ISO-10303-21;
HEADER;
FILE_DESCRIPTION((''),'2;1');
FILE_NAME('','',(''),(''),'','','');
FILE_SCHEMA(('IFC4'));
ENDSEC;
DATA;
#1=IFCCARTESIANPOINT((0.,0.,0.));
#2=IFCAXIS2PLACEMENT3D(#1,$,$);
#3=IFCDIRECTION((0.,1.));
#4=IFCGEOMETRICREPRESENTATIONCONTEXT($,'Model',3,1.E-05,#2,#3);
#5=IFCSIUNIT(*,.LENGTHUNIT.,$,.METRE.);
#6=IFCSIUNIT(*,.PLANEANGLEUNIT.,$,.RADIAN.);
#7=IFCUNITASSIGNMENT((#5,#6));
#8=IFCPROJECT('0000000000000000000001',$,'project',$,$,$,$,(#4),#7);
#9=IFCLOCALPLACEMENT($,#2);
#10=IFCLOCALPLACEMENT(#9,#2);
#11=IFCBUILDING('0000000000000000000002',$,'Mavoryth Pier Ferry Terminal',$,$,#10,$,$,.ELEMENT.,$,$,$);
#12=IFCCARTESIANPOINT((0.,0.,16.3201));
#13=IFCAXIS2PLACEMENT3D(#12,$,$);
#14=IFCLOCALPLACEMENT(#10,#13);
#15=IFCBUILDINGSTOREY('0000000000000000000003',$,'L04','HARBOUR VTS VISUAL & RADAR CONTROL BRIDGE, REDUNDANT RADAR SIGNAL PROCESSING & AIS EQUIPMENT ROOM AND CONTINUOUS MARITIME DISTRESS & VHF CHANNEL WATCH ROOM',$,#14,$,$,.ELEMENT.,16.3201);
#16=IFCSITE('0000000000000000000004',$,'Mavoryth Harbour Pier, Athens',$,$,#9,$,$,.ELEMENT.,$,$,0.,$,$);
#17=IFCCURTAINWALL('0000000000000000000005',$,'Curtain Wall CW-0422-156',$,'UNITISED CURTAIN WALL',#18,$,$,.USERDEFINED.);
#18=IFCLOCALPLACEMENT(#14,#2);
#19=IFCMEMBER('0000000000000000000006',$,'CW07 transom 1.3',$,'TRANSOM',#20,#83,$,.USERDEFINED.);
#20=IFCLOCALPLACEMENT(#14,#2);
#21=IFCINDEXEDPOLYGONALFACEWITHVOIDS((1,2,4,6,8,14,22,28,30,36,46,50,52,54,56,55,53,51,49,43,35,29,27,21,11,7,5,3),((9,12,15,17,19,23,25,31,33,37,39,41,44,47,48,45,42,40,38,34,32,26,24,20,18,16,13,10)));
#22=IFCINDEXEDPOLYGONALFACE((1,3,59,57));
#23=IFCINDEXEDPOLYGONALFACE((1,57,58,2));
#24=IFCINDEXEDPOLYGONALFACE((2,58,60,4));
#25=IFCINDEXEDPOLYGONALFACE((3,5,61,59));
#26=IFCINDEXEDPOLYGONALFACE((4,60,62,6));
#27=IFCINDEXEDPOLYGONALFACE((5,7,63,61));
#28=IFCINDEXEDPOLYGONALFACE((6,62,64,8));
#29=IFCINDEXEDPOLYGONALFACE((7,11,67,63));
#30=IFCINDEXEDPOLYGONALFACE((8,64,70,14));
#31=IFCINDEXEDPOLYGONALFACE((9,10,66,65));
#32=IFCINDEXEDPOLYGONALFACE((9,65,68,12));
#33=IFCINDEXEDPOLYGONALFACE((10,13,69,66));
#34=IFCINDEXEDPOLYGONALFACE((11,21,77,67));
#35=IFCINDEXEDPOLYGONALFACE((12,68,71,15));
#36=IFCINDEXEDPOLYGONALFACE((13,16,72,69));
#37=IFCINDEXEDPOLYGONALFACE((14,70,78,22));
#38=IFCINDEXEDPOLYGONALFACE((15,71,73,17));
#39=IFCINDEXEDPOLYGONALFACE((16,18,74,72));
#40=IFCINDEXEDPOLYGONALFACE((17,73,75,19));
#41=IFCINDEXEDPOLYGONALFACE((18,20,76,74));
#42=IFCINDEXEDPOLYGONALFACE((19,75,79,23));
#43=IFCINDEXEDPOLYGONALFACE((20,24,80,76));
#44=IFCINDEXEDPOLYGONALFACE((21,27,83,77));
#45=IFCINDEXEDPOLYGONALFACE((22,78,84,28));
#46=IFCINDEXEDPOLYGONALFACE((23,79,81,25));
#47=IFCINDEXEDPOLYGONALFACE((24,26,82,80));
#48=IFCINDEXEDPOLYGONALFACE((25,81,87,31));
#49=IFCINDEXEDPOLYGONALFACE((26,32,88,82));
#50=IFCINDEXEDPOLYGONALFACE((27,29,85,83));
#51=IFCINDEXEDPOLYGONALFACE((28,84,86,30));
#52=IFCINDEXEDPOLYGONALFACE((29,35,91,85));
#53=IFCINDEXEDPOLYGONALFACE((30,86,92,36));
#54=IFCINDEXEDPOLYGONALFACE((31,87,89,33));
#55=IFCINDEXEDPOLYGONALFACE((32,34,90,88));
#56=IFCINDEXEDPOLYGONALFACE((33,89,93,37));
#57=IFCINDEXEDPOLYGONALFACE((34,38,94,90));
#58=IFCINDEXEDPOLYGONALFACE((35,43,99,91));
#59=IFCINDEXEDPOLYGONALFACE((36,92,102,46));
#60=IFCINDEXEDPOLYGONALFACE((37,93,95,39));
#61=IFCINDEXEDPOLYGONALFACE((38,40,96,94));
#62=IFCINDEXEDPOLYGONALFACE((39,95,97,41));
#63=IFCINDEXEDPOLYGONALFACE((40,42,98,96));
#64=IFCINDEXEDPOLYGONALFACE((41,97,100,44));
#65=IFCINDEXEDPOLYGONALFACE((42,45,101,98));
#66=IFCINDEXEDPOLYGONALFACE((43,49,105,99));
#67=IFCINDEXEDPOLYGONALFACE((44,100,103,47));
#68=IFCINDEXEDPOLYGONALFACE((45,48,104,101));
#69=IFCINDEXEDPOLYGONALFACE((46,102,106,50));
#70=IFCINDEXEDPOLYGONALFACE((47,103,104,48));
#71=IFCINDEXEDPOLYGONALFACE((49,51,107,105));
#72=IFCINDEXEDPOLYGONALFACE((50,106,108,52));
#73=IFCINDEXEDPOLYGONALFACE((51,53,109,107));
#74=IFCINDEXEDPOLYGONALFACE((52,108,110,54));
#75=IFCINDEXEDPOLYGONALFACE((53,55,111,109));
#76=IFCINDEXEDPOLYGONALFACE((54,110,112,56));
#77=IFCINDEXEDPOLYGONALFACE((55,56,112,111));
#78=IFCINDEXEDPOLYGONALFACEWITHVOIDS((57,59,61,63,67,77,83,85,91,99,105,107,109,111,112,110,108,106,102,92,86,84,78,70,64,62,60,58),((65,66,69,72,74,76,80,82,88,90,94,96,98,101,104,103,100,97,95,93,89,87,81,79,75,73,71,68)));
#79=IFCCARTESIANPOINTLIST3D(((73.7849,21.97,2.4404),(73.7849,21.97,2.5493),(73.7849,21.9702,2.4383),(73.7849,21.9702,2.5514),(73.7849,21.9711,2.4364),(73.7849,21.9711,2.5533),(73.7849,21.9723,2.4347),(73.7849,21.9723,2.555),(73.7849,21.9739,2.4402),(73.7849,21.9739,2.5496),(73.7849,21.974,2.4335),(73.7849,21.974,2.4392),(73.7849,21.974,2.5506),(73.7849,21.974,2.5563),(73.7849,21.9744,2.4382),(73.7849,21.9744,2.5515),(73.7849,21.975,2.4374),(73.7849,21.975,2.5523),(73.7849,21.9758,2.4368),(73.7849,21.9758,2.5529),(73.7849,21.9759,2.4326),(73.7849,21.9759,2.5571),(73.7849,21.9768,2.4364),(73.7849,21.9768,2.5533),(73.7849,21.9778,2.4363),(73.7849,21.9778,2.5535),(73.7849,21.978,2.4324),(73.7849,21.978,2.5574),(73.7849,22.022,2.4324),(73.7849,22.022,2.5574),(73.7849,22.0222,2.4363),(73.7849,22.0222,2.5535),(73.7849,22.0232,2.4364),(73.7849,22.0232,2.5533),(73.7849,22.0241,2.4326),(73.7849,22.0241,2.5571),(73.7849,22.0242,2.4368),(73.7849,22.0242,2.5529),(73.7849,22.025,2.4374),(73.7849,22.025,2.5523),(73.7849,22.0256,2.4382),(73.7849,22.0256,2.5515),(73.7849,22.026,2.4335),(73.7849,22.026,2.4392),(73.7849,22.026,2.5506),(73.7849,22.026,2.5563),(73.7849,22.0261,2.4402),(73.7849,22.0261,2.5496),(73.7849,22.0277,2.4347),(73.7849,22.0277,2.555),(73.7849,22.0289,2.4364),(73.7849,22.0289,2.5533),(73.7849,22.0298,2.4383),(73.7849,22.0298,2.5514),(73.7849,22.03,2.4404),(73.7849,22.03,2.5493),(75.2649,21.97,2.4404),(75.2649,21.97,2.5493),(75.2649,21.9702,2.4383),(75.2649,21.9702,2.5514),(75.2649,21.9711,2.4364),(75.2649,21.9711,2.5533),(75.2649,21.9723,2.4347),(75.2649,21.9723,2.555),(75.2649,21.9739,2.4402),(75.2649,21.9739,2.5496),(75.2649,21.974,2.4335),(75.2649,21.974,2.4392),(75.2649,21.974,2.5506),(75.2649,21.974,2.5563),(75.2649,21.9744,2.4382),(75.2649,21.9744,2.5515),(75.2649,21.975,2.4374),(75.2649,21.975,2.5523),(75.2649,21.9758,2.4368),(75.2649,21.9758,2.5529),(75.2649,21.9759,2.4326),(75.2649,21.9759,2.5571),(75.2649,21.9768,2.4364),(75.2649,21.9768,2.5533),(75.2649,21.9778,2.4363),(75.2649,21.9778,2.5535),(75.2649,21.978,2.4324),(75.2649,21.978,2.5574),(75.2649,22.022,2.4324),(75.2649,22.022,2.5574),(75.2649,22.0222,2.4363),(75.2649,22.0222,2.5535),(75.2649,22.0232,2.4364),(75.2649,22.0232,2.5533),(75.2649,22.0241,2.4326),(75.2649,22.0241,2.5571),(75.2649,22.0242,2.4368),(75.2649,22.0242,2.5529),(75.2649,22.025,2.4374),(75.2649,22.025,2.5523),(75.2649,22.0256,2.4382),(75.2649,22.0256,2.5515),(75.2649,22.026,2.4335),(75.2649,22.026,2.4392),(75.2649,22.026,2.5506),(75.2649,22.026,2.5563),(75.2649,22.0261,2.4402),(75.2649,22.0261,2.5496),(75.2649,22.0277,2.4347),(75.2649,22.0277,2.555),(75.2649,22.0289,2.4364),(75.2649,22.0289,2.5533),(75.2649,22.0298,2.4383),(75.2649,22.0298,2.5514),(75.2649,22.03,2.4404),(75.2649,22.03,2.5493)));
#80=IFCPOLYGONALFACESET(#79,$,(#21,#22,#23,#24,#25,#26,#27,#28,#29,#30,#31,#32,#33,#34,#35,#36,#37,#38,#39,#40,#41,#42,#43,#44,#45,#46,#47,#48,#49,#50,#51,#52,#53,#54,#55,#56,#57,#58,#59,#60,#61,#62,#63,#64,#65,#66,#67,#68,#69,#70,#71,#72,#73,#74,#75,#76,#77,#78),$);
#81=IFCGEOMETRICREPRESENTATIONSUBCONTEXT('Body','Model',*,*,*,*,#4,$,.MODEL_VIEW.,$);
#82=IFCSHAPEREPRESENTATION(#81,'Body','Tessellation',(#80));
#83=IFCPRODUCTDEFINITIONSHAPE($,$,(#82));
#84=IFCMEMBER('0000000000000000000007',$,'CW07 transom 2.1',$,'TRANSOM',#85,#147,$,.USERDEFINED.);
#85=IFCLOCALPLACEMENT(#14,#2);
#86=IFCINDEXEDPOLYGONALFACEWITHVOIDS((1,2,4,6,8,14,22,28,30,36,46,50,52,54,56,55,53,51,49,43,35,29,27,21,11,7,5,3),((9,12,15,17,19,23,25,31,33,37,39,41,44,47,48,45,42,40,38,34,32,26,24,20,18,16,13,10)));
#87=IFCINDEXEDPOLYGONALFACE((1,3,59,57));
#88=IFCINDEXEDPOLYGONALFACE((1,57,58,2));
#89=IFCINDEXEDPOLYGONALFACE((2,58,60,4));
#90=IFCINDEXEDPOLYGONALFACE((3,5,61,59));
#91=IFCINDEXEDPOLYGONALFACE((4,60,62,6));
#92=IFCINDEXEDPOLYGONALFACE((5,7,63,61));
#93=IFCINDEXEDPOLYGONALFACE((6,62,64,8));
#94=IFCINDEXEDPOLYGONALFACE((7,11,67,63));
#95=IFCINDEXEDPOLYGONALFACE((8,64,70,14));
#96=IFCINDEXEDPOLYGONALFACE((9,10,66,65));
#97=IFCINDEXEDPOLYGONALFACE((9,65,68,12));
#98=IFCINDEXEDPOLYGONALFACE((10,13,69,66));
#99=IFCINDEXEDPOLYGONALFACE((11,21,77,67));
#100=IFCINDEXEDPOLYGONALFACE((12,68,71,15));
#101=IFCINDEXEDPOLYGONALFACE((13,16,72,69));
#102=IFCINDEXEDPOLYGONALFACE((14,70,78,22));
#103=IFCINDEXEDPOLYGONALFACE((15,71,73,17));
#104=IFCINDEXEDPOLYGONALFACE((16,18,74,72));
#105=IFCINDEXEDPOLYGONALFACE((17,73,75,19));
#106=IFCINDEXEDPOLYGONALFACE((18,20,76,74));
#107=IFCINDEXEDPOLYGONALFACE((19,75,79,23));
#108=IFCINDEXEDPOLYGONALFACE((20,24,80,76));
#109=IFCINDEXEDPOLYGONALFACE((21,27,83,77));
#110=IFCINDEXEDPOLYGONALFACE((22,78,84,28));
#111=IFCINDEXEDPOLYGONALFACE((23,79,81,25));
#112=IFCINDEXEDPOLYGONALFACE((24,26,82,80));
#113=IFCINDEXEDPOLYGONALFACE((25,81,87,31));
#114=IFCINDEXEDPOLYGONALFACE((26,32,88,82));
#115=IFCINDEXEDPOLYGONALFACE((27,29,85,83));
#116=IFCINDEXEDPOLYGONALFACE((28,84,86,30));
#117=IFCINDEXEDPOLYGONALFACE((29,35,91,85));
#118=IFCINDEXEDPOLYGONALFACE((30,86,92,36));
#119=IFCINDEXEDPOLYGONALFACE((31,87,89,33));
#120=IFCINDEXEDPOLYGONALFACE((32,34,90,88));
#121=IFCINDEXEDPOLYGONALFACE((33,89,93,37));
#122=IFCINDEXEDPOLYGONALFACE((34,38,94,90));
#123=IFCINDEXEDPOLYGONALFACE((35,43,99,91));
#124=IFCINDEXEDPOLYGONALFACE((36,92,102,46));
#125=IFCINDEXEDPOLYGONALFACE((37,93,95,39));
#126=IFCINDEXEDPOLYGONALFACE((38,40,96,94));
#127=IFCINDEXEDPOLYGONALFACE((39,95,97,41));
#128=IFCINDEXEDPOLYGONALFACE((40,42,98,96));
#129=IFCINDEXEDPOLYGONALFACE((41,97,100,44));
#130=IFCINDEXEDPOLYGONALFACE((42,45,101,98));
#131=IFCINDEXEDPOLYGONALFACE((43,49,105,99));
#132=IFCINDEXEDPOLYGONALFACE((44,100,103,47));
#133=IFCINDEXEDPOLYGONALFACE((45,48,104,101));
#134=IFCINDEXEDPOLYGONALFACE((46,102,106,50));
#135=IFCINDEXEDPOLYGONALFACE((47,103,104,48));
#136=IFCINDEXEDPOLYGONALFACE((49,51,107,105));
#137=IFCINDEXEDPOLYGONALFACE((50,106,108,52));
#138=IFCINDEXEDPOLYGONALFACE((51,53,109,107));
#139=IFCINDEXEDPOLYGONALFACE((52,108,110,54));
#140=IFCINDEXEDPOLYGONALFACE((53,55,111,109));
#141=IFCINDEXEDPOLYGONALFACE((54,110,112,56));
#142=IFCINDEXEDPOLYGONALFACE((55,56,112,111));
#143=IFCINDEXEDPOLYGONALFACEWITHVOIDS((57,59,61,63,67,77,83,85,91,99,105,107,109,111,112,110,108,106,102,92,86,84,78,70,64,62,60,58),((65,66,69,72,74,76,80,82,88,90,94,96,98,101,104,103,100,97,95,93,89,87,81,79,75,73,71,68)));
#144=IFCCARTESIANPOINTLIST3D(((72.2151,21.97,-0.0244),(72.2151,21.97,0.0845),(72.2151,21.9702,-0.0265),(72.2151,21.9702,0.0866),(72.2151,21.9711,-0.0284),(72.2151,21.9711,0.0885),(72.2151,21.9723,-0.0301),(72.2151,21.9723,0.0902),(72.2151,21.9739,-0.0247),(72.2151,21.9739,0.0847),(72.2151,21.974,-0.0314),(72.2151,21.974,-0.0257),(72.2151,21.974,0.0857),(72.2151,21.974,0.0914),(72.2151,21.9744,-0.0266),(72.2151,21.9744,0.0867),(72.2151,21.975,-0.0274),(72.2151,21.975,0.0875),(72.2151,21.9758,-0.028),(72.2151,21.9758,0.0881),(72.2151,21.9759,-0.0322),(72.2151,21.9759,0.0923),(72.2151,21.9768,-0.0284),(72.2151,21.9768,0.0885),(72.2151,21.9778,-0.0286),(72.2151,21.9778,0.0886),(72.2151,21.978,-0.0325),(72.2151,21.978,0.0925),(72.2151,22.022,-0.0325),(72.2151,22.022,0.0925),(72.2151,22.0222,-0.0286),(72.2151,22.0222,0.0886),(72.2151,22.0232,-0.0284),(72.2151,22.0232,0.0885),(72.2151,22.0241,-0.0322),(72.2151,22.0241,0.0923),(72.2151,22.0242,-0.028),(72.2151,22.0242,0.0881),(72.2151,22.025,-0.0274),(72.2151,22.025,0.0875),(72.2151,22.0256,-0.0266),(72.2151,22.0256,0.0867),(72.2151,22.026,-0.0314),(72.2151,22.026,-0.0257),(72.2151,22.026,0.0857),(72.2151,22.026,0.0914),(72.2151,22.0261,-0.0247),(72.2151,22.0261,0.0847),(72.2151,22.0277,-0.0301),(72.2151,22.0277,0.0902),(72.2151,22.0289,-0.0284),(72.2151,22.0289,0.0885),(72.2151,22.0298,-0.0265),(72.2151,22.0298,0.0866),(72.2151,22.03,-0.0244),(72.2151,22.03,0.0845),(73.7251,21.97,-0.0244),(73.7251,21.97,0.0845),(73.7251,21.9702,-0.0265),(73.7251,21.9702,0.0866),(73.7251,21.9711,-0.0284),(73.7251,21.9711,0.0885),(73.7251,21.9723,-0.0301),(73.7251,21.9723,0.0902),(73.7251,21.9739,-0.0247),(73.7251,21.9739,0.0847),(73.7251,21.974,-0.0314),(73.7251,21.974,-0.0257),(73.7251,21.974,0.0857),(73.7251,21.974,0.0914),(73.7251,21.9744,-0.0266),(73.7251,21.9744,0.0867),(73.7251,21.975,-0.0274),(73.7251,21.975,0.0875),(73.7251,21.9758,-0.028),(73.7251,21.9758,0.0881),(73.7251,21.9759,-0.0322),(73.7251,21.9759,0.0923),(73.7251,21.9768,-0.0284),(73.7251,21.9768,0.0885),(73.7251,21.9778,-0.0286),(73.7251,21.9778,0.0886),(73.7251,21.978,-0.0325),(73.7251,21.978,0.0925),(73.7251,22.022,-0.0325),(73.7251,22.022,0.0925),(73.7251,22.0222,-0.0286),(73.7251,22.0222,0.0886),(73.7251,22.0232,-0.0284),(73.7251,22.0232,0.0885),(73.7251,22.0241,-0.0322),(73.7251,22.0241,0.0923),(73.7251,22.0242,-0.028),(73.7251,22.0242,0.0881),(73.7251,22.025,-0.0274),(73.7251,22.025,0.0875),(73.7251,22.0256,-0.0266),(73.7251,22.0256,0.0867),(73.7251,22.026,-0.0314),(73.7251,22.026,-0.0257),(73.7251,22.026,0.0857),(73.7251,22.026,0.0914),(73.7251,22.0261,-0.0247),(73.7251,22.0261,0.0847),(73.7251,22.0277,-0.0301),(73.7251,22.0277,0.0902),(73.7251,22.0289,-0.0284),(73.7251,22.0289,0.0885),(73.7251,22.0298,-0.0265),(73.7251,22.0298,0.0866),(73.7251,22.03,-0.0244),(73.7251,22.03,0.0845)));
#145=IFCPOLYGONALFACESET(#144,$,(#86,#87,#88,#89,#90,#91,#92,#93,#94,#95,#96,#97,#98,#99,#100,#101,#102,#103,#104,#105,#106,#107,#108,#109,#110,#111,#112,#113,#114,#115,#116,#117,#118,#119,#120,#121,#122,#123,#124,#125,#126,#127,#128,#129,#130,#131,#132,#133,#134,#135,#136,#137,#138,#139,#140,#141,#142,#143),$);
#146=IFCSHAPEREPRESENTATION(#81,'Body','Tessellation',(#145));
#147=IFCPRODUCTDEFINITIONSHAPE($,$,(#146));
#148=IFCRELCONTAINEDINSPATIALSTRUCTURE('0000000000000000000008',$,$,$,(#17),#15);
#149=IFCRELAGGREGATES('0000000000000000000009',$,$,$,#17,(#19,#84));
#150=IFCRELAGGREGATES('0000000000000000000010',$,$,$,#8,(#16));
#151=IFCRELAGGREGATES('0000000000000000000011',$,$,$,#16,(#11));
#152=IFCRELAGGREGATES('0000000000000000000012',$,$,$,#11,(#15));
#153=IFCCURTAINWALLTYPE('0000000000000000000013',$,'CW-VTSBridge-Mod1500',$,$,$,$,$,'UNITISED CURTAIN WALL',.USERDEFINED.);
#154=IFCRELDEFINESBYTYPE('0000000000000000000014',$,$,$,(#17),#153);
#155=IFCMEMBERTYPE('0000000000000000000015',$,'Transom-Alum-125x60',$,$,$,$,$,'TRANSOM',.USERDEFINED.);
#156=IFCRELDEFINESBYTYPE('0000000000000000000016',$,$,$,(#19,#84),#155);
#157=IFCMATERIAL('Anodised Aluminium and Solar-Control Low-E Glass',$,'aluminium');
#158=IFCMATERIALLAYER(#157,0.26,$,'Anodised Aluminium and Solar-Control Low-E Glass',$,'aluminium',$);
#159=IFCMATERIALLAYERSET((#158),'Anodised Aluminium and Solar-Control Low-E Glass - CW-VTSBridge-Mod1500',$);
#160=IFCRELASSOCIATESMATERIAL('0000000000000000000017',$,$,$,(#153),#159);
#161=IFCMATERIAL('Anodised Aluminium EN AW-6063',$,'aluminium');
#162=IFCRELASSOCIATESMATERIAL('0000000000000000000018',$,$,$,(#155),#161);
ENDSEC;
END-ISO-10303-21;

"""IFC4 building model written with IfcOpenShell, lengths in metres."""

from ifc_helpers import new_model, si_unit, direction, frame, origin, origin_2d, place, context, subcontext, project, spatial, hollow_rectangle, extrude, material, layer, layer_set, material_profile, profile_set, type_object, element, aggregate, save


model = new_model("IFC4")

# Units and contexts
model_context = context("Model", 3, precision=1e-05, world=origin(), true_north=direction((0.0, 1.0)))
body_context = subcontext(model_context, "Body", "Model", "MODEL_VIEW")
ifc_project = project(units=[si_unit("LENGTHUNIT", "METRE"), si_unit("PLANEANGLEUNIT", "RADIAN")], contexts=[model_context])

# Site, building, storey
site_placement = place(None, origin())
site = spatial("IfcSite", under=ifc_project, at=site_placement, Name="Mavoryth Harbour Pier, Athens", CompositionType="ELEMENT", RefElevation=0.0)
building_placement = place(site_placement, origin())
building = spatial("IfcBuilding", under=site, at=building_placement, Name="Mavoryth Pier Ferry Terminal", CompositionType="ELEMENT")
storey_placement = place(building_placement, frame((0.0, 0.0, 16.3201)))
storey = spatial("IfcBuildingStorey", under=building, at=storey_placement, Name="L04", Description="HARBOUR VTS VISUAL & RADAR CONTROL BRIDGE, REDUNDANT RADAR SIGNAL PROCESSING & AIS EQUIPMENT ROOM AND CONTINUOUS MARITIME DISTRESS & VHF CHANNEL WATCH ROOM", CompositionType="ELEMENT", Elevation=16.3201)

# Curtain wall, members
ifc_material_1 = material(Name="Anodised Aluminium and Solar-Control Low-E Glass", Category="aluminium")
ifc_layer_1 = layer(ifc_material_1, 0.26, Name="Anodised Aluminium and Solar-Control Low-E Glass", Category="aluminium")
ifc_layer_set_1 = layer_set([ifc_layer_1], Name="Anodised Aluminium and Solar-Control Low-E Glass - CW-VTSBridge-Mod1500")
curtain_wall_type = type_object("IfcCurtainWallType", Name="CW-VTSBridge-Mod1500", ElementType="UNITISED CURTAIN WALL", PredefinedType="USERDEFINED", material=ifc_layer_set_1)
curtain_wall_placement = place(storey_placement, origin())
curtain_wall = element("IfcCurtainWall", 1, at=curtain_wall_placement, inside=storey, type_object=curtain_wall_type, Name="Curtain Wall CW-0422-156", ObjectType="UNITISED CURTAIN WALL", PredefinedType="USERDEFINED")
ifc_material_2 = material(Name="Anodised Aluminium EN AW-6063", Category="aluminium")
ifc_material_profile_1 = material_profile(ifc_material_2, hollow_rectangle(XDim=0.0601, YDim=0.125, WallThickness=0.0039, InnerFilletRadius=0.0039, OuterFilletRadius=0.0081, at=origin_2d()), Name="AL-TRAN 125x60x4", Category="aluminium")
ifc_profile_set_1 = profile_set([ifc_material_profile_1], Name="Anodised Aluminium EN AW-6063 - AL-TRAN 125x60x4")
member_type_1 = type_object("IfcMemberType", Name="Transom-Alum-125x60", ElementType="TRANSOM", PredefinedType="USERDEFINED", material=ifc_profile_set_1)
member_1_placement = place(storey_placement, frame((75.2649, 22.0, 2.4949), z_axis=(-1.0, 0.0, 0.0), x_axis=(0.0, -1.0, 0.0)))
member_1 = element("IfcMember", 2, at=member_1_placement, type_object=member_type_1, Name="CW07 transom 1.3", ObjectType="TRANSOM", PredefinedType="USERDEFINED", context=body_context, shape_type="SweptSolid", body=[
    extrude(hollow_rectangle(XDim=0.0601, YDim=0.125, WallThickness=0.0039, InnerFilletRadius=0.0039, OuterFilletRadius=0.0081, at=origin_2d()), origin(), (0.0, 0.0, 1.0), 1.48),
])
member_2_placement = place(storey_placement, frame((73.7251, 22.0, 0.03), z_axis=(-1.0, 0.0, 0.0), x_axis=(0.0, -1.0, 0.0)))
member_2 = element("IfcMember", 3, at=member_2_placement, type_object=member_type_1, Name="CW07 transom 2.1", ObjectType="TRANSOM", PredefinedType="USERDEFINED", context=body_context, shape_type="SweptSolid", body=[
    extrude(hollow_rectangle(XDim=0.0601, YDim=0.125, WallThickness=0.0039, InnerFilletRadius=0.0039, OuterFilletRadius=0.0081, at=origin_2d()), origin(), (0.0, 0.0, 1.0), 1.51),
])
aggregate(curtain_wall, [member_1, member_2])

save(model, "model.ifc")
